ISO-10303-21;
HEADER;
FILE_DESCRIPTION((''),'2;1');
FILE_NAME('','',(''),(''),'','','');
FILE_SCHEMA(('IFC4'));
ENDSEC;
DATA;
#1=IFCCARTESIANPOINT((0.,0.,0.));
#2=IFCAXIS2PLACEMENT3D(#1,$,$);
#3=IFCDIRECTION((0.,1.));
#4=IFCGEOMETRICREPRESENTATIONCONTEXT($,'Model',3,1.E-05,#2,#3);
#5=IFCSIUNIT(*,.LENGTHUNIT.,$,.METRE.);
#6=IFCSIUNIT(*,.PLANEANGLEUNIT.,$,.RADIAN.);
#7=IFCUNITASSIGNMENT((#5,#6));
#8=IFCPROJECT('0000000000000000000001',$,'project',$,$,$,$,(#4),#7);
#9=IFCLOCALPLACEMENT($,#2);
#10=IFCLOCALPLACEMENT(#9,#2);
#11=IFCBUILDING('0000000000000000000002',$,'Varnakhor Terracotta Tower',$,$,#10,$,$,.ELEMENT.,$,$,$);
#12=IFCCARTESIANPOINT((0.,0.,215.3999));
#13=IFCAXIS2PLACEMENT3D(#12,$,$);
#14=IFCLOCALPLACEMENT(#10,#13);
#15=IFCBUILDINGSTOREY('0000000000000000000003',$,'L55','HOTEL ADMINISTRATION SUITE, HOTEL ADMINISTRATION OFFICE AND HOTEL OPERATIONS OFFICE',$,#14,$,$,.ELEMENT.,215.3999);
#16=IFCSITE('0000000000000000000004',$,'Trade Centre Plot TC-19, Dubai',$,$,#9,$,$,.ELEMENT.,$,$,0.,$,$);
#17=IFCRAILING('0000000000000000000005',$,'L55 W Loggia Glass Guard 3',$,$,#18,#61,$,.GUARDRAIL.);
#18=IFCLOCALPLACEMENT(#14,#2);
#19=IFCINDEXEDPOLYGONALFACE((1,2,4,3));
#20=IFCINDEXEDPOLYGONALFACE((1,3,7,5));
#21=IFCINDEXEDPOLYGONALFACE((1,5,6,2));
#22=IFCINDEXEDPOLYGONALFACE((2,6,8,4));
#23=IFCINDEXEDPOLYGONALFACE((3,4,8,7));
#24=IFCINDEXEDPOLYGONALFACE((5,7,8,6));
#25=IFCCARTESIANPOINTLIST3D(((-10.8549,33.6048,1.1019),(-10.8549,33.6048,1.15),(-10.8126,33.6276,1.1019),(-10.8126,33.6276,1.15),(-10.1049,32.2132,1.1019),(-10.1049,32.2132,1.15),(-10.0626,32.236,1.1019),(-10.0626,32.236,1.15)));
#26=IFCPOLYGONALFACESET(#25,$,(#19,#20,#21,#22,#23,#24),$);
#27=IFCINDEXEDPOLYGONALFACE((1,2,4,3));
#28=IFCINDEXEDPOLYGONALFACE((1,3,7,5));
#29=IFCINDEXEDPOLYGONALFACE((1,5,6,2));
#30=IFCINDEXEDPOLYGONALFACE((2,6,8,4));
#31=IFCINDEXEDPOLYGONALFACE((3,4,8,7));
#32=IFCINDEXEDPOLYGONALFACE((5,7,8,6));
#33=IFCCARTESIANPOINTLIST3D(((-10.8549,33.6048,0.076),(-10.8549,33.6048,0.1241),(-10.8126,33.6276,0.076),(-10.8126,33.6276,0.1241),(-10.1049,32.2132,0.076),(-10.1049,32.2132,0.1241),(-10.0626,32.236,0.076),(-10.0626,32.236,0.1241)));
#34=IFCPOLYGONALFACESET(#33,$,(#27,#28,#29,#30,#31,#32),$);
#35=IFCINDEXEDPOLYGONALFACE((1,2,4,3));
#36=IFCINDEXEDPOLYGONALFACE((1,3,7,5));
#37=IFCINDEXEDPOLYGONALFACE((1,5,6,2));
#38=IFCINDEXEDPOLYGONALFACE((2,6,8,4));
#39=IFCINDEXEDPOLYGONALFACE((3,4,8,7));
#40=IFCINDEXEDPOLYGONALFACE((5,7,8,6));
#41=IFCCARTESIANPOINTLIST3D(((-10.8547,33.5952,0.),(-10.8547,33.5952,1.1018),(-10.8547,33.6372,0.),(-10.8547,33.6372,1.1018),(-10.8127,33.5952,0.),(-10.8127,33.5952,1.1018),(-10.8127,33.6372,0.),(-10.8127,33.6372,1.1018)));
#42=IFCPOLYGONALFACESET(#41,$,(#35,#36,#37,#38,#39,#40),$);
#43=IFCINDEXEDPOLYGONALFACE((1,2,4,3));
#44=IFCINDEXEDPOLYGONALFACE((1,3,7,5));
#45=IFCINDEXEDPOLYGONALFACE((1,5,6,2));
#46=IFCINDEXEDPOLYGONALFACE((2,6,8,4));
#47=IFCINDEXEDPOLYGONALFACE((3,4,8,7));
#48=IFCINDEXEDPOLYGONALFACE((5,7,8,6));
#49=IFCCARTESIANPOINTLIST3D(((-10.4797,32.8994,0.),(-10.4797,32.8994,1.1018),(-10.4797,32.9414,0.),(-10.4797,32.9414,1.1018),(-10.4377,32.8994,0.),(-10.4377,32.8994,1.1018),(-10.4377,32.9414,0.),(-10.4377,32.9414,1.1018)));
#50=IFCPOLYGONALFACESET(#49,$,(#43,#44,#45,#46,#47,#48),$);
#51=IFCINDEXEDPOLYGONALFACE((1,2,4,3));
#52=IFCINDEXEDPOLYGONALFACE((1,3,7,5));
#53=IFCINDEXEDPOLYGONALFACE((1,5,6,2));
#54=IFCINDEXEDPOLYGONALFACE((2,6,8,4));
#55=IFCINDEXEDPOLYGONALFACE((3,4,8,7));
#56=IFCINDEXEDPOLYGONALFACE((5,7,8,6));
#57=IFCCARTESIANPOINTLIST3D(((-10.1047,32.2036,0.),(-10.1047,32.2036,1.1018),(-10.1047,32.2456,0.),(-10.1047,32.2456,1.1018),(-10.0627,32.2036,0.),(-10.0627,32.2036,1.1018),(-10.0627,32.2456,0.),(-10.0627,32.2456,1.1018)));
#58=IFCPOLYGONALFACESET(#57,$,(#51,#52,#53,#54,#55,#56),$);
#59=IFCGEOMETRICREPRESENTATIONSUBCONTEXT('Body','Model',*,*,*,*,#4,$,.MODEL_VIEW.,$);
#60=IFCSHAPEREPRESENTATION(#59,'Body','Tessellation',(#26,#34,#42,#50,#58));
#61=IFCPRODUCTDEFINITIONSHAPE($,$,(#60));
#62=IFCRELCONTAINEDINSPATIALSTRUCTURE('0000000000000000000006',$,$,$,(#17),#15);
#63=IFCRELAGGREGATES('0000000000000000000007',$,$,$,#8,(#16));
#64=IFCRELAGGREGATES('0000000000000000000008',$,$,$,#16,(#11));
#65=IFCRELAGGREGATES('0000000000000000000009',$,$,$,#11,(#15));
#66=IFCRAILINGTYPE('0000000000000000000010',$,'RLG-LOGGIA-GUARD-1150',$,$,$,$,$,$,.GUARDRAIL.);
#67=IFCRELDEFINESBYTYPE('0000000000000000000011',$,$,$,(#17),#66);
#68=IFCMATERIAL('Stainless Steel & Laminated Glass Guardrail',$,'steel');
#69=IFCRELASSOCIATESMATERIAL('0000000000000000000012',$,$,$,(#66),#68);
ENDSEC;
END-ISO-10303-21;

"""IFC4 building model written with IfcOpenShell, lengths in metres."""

from ifc_helpers import new_model, si_unit, direction, frame, origin, origin_2d, place, context, subcontext, project, spatial, rectangle, extrude, material, type_object, element, save


model = new_model("IFC4")

# Units and contexts
model_context = context("Model", 3, precision=1e-05, world=origin(), true_north=direction((0.0, 1.0)))
body_context = subcontext(model_context, "Body", "Model", "MODEL_VIEW")
ifc_project = project(units=[si_unit("LENGTHUNIT", "METRE"), si_unit("PLANEANGLEUNIT", "RADIAN")], contexts=[model_context])

# Site, building, storey
site_placement = place(None, origin())
site = spatial("IfcSite", under=ifc_project, at=site_placement, Name="Trade Centre Plot TC-19, Dubai", CompositionType="ELEMENT", RefElevation=0.0)
building_placement = place(site_placement, origin())
building = spatial("IfcBuilding", under=site, at=building_placement, Name="Varnakhor Terracotta Tower", CompositionType="ELEMENT")
storey_placement = place(building_placement, frame((0.0, 0.0, 215.3999)))
storey = spatial("IfcBuildingStorey", under=building, at=storey_placement, Name="L55", Description="HOTEL ADMINISTRATION SUITE, HOTEL ADMINISTRATION OFFICE AND HOTEL OPERATIONS OFFICE", CompositionType="ELEMENT", Elevation=215.3999)

# Railing
ifc_material_1 = material(Name="Stainless Steel & Laminated Glass Guardrail", Category="steel")
railing_type = type_object("IfcRailingType", Name="RLG-LOGGIA-GUARD-1150", PredefinedType="GUARDRAIL", material=ifc_material_1)
railing_placement = place(storey_placement, frame((-10.8337, 33.6162, 0.0)))
element("IfcRailing", 1, at=railing_placement, inside=storey, type_object=railing_type, Name="L55 W Loggia Glass Guard 3", PredefinedType="GUARDRAIL", context=body_context, shape_type="SweptSolid", body=[
    extrude(rectangle(XDim=0.0481, YDim=0.0481, at=origin_2d()), frame((0.0, 0.0, 1.126), z_axis=(0.474431, -0.880293, 0.0), x_axis=(0.880293, 0.474431, 0.0)), (0.0, 0.0, 1.0), 1.5808),
    extrude(rectangle(XDim=0.0481, YDim=0.0481, at=origin_2d()), frame((0.0, 0.0, 0.1001), z_axis=(0.474431, -0.880293, 0.0), x_axis=(0.880293, 0.474431, 0.0)), (0.0, 0.0, 1.0), 1.5808),
    extrude(rectangle(XDim=0.042, YDim=0.042, at=origin_2d()), origin(), (0.0, 0.0, 1.0), 1.1018),
    extrude(rectangle(XDim=0.042, YDim=0.042, at=origin_2d()), frame((0.375, -0.6958, 0.0)), (0.0, 0.0, 1.0), 1.1018),
    extrude(rectangle(XDim=0.042, YDim=0.042, at=origin_2d()), frame((0.75, -1.3916, 0.0)), (0.0, 0.0, 1.0), 1.1018),
])

save(model, "model.ifc")
